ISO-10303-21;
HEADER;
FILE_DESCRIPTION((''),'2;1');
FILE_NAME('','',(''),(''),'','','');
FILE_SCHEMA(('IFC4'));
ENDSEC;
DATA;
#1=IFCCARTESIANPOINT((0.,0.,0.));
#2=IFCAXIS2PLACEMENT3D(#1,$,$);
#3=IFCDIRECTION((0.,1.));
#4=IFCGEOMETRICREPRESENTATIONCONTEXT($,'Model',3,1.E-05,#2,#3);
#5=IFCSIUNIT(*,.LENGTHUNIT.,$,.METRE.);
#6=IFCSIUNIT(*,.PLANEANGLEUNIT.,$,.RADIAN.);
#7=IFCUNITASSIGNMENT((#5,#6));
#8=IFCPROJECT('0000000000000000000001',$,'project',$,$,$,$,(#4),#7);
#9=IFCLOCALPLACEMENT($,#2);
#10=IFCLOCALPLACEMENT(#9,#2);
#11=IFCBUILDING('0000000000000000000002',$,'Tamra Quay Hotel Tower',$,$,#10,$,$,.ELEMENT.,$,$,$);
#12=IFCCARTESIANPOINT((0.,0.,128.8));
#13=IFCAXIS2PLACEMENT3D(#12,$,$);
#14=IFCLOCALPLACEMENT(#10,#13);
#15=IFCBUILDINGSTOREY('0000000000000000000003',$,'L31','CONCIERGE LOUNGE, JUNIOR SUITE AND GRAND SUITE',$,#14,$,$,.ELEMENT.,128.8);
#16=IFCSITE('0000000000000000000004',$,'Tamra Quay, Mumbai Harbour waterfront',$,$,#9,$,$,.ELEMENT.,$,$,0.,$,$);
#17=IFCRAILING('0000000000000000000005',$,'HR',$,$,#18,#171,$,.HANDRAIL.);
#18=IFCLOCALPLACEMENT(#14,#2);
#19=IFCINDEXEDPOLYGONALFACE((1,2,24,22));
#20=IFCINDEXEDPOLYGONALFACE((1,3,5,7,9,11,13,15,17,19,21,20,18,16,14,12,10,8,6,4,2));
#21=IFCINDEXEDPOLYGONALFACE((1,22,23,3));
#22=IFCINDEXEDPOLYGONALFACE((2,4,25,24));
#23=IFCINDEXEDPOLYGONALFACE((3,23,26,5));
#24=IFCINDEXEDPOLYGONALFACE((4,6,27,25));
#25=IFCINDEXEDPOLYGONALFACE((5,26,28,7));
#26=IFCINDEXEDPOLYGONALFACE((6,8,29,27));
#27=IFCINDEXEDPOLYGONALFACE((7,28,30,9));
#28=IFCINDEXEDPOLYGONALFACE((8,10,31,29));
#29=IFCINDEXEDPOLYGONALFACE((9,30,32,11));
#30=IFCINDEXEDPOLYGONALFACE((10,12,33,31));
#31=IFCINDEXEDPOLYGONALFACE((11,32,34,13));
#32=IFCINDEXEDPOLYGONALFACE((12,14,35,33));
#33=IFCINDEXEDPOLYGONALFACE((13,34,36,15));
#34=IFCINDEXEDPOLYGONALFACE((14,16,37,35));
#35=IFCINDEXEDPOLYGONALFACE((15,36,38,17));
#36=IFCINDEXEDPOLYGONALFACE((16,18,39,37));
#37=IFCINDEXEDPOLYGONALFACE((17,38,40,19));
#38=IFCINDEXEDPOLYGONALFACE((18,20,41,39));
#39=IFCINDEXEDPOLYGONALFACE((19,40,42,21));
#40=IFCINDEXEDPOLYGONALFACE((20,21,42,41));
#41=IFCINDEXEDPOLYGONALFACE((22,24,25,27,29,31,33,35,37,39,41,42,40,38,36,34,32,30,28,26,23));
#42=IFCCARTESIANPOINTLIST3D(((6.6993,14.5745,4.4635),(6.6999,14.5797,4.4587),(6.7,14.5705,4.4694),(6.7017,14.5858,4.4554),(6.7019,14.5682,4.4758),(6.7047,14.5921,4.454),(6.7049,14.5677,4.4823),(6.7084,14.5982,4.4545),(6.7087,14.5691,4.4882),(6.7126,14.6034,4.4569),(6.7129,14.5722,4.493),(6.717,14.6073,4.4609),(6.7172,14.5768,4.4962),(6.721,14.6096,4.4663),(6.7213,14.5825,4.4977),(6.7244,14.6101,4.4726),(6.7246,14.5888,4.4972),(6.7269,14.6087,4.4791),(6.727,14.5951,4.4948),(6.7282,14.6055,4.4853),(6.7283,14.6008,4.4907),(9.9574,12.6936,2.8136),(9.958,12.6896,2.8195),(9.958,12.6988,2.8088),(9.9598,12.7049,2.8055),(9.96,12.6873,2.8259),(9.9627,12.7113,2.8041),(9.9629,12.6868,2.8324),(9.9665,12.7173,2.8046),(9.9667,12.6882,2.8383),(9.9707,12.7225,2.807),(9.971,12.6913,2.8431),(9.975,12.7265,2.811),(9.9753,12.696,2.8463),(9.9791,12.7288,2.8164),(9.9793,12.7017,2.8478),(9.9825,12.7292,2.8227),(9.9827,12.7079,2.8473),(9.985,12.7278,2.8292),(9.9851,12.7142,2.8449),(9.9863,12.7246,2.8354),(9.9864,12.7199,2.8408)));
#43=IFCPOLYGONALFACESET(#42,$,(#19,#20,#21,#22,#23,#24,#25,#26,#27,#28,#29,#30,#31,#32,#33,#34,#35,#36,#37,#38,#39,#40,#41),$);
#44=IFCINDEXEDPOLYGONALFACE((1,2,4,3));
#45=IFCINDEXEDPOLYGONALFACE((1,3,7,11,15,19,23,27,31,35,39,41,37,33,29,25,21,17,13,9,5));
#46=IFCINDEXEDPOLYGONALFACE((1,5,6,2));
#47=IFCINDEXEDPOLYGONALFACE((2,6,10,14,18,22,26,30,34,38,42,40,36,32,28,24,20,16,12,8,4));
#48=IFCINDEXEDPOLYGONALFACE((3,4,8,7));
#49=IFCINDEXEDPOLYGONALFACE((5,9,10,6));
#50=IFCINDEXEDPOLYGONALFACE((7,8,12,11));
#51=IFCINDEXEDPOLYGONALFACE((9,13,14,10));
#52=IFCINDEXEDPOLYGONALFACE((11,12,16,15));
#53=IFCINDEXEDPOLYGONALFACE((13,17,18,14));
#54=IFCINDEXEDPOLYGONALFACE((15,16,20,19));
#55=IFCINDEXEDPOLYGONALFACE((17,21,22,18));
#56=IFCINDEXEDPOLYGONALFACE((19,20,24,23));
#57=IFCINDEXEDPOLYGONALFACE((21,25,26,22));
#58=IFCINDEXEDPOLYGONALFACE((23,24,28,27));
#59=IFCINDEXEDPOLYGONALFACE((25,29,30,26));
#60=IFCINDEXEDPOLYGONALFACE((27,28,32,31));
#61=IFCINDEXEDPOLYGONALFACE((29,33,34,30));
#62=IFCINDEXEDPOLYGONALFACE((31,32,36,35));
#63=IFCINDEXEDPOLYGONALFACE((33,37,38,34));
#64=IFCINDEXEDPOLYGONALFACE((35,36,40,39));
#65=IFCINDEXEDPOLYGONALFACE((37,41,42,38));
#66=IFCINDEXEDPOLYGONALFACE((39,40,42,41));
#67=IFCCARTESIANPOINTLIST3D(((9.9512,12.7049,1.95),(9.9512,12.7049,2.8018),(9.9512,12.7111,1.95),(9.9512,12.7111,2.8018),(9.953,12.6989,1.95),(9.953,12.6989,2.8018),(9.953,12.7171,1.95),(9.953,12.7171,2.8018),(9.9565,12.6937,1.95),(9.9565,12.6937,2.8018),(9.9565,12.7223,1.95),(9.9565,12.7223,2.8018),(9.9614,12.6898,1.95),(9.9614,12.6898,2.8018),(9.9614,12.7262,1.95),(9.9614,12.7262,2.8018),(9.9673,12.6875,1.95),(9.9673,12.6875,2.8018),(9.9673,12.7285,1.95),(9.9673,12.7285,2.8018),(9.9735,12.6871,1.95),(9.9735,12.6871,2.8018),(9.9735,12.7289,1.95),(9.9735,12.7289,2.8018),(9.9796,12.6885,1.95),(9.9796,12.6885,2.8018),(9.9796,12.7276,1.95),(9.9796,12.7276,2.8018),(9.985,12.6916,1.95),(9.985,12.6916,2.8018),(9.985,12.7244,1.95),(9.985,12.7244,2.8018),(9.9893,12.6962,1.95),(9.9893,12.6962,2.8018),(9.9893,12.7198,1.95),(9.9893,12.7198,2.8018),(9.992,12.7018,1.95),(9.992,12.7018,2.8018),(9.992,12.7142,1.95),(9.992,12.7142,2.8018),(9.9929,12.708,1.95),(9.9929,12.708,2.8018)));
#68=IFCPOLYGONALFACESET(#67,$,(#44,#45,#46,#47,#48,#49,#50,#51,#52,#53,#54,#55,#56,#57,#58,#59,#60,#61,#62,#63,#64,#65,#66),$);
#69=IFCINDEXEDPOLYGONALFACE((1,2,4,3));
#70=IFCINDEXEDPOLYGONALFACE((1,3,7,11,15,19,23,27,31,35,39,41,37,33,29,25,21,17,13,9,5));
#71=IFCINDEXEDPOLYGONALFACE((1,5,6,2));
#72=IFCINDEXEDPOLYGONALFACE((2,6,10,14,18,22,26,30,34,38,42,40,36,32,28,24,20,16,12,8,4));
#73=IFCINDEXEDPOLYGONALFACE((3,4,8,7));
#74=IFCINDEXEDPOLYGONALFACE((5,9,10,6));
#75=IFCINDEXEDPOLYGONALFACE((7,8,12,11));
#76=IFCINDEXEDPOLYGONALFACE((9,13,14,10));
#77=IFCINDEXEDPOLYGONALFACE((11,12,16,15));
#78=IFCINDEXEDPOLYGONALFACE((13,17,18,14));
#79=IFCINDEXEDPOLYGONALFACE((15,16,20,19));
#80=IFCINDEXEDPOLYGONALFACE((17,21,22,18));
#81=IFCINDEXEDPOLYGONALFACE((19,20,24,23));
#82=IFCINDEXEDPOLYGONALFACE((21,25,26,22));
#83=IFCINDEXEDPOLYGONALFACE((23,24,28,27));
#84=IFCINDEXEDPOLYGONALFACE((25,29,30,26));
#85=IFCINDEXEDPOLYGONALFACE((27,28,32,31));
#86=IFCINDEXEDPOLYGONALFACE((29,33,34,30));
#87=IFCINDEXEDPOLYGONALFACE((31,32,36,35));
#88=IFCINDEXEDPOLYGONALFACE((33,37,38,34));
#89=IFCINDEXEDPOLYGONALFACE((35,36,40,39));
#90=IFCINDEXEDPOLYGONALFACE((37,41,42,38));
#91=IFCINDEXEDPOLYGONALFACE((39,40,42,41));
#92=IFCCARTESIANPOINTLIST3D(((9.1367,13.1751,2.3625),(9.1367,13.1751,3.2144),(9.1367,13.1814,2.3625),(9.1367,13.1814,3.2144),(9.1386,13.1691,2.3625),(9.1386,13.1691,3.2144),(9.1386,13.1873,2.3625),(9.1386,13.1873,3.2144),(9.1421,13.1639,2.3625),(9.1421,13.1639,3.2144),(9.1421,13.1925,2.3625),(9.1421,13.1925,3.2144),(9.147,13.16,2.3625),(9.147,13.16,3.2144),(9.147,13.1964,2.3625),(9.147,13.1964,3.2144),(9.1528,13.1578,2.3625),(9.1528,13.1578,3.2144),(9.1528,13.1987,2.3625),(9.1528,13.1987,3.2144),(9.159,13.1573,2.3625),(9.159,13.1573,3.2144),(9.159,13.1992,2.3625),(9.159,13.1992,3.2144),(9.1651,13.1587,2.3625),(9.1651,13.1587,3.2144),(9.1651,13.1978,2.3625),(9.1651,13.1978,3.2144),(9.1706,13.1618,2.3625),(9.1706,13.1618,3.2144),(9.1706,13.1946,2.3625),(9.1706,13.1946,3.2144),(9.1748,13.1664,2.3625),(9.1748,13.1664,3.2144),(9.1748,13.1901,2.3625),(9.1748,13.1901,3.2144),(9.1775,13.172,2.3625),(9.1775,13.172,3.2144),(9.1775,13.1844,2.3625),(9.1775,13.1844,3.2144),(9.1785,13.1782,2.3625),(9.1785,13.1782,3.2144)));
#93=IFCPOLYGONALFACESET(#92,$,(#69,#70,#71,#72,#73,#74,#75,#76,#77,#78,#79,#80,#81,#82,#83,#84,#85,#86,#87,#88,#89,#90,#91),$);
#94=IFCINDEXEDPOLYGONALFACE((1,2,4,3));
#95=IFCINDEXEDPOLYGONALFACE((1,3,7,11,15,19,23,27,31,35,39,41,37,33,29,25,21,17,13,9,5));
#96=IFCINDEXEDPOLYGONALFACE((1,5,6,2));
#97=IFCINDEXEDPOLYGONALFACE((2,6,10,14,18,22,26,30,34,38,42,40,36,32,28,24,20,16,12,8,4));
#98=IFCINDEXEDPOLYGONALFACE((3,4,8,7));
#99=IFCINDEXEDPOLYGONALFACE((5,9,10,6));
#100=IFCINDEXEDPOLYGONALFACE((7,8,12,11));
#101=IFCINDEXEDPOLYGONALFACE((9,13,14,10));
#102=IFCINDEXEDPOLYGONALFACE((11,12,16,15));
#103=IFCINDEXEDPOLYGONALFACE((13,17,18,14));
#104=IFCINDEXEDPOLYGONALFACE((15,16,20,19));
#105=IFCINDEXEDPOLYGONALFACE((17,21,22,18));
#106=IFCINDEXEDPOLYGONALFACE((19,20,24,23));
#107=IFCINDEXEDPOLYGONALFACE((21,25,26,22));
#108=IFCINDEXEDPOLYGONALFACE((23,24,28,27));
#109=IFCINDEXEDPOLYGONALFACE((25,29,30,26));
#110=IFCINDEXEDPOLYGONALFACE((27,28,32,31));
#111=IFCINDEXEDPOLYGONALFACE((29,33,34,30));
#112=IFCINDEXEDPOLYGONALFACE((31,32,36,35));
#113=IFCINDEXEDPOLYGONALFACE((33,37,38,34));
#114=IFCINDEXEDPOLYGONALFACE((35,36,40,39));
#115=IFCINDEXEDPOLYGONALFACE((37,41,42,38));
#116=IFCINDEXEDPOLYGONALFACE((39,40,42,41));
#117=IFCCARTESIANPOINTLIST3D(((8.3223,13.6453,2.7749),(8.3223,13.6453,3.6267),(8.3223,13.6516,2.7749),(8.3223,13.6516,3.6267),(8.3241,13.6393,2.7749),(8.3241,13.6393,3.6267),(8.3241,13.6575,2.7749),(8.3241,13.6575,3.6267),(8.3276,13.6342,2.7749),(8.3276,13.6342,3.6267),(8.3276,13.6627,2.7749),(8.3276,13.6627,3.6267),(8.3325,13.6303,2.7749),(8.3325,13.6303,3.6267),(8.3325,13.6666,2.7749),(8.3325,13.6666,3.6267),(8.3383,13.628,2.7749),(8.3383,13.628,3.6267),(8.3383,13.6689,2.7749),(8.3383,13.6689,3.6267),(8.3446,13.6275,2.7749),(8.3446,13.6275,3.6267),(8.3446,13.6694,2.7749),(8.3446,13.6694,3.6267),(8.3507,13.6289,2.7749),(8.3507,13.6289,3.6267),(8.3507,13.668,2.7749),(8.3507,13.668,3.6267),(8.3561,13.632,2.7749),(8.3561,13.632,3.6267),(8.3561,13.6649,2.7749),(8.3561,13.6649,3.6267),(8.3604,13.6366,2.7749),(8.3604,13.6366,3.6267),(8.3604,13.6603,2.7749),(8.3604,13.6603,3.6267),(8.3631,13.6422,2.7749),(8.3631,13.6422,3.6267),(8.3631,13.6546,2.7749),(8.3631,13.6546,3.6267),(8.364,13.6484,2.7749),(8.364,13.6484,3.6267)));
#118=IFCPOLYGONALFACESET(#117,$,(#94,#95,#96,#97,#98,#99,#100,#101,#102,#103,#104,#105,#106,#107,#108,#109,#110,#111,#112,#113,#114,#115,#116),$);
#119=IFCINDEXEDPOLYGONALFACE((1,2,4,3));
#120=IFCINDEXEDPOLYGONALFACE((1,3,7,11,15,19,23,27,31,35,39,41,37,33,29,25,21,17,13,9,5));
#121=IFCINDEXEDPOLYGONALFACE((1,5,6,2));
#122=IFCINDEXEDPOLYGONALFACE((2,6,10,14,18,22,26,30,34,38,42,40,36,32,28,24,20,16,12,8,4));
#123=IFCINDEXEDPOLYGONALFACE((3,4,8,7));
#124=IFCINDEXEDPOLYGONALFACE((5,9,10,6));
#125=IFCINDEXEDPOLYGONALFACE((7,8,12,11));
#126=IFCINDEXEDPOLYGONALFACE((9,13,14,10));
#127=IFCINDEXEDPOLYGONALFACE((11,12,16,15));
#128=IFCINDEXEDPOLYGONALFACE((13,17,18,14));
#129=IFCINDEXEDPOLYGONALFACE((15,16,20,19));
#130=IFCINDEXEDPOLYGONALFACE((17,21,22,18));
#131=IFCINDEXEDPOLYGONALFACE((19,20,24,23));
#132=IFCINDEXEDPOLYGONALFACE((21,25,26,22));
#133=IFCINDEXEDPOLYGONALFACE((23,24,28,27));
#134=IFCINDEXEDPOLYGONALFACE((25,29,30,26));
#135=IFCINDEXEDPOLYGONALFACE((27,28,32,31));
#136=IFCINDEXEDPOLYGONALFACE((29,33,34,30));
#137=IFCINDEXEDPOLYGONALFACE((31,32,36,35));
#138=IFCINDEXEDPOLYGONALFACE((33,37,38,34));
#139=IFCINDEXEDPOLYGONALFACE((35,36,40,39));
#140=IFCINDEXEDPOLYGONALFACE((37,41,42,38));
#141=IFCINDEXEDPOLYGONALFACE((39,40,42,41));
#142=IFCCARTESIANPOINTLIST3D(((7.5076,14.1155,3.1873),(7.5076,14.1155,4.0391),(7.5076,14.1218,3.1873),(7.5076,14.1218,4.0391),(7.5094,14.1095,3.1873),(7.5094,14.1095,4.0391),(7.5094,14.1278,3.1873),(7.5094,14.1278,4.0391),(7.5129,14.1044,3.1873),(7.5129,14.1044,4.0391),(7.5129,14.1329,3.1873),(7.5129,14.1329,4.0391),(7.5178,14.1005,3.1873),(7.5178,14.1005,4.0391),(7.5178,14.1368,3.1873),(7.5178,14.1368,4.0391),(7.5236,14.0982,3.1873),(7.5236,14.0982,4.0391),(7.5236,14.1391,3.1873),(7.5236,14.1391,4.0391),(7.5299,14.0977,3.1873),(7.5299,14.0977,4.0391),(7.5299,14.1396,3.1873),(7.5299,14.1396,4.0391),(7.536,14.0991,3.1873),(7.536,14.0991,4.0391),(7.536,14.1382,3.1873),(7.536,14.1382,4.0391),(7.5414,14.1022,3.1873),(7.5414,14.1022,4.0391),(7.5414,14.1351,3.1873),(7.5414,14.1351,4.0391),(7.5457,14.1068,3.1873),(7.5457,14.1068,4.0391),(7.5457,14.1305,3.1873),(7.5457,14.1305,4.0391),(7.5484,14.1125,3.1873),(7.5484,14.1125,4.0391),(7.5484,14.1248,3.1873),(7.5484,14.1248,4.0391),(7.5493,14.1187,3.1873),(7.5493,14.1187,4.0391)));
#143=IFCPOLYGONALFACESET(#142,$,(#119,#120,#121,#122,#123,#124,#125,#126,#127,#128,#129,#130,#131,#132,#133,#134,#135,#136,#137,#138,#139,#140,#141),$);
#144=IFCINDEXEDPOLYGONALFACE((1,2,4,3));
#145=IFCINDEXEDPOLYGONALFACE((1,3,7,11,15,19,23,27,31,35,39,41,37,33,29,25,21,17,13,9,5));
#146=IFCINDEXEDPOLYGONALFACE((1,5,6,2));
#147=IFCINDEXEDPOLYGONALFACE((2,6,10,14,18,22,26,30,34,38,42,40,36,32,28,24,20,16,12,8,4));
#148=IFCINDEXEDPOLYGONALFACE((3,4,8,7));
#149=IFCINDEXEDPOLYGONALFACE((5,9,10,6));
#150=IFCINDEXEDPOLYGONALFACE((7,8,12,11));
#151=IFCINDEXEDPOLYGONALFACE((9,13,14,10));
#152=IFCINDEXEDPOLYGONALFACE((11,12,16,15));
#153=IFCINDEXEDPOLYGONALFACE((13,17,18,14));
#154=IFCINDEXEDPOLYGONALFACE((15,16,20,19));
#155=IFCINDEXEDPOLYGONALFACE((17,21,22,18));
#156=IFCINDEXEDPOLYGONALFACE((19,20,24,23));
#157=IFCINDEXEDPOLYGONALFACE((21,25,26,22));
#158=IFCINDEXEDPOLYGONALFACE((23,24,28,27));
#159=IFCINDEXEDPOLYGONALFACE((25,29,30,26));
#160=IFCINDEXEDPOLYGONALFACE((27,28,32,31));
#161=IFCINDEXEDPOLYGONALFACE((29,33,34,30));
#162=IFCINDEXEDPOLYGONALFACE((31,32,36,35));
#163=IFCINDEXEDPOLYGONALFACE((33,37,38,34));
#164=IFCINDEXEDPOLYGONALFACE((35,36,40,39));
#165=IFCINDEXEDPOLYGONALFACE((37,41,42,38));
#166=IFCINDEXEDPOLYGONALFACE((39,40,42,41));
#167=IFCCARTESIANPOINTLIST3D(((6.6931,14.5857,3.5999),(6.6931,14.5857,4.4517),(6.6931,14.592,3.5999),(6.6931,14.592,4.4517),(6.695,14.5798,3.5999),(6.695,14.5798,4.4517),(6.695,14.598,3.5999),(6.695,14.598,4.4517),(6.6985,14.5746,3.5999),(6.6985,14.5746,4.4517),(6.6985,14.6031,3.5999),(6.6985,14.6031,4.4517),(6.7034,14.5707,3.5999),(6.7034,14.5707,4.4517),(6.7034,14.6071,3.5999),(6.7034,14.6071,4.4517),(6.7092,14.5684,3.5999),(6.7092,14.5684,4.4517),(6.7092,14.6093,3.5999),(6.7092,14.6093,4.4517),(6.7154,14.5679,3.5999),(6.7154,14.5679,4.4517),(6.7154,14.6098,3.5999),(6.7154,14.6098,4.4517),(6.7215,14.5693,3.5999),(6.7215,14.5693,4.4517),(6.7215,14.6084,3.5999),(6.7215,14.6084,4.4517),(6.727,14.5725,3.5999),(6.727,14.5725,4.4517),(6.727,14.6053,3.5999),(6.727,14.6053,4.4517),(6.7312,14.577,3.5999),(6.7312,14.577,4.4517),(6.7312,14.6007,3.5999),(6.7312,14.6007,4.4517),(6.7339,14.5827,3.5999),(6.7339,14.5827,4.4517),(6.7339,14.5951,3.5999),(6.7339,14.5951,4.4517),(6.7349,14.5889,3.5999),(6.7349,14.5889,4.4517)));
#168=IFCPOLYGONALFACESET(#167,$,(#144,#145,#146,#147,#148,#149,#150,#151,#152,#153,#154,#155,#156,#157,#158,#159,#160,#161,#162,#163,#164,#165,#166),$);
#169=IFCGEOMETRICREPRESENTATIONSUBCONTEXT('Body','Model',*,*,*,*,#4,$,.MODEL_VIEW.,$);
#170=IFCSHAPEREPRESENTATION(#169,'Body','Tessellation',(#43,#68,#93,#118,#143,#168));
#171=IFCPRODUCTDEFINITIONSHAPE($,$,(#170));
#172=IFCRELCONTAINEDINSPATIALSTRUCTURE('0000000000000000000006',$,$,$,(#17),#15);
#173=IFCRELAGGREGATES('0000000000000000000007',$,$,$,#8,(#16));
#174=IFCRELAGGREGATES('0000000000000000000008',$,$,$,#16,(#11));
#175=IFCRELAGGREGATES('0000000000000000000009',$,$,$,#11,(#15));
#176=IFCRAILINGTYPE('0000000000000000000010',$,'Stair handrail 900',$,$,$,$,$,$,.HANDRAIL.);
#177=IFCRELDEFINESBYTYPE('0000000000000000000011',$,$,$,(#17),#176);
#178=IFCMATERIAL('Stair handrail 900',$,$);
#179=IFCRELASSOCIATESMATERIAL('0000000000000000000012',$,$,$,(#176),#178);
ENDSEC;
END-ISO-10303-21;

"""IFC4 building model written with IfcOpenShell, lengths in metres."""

from ifc_helpers import new_model, si_unit, direction, frame, origin, origin_2d, place, context, subcontext, project, spatial, circle, extrude, material, type_object, element, save


model = new_model("IFC4")

# Units and contexts
model_context = context("Model", 3, precision=1e-05, world=origin(), true_north=direction((0.0, 1.0)))
body_context = subcontext(model_context, "Body", "Model", "MODEL_VIEW")
ifc_project = project(units=[si_unit("LENGTHUNIT", "METRE"), si_unit("PLANEANGLEUNIT", "RADIAN")], contexts=[model_context])

# Site, building, storey
site_placement = place(None, origin())
site = spatial("IfcSite", under=ifc_project, at=site_placement, Name="Tamra Quay, Mumbai Harbour waterfront", CompositionType="ELEMENT", RefElevation=0.0)
building_placement = place(site_placement, origin())
building = spatial("IfcBuilding", under=site, at=building_placement, Name="Tamra Quay Hotel Tower", CompositionType="ELEMENT")
storey_placement = place(building_placement, frame((0.0, 0.0, 128.8)))
storey = spatial("IfcBuildingStorey", under=building, at=storey_placement, Name="L31", Description="CONCIERGE LOUNGE, JUNIOR SUITE AND GRAND SUITE", CompositionType="ELEMENT", Elevation=128.8)

# Railing
ifc_material_1 = material(Name="Stair handrail 900")
railing_type_1 = type_object("IfcRailingType", Name="Stair handrail 900", PredefinedType="HANDRAIL", material=ifc_material_1)
railing_1_placement = place(storey_placement, frame((9.9719, 12.708, 1.95)))
element("IfcRailing", 1, at=railing_1_placement, inside=storey, type_object=railing_type_1, Name="HR", PredefinedType="HANDRAIL", context=body_context, shape_type="SweptSolid", body=[
    extrude(circle(Radius=0.0239, at=origin_2d()), frame((0.0, 0.0, 0.876), z_axis=(-0.793122, 0.457865, 0.401642), x_axis=(-0.499964, -0.866046, 0.0)), (0.0, 0.0, 1.0), 4.1079),
    extrude(circle(Radius=0.021, at=origin_2d()), origin(), (0.0, 0.0, 1.0), 0.8518),
    extrude(circle(Radius=0.021, at=origin_2d()), frame((-0.8145, 0.4702, 0.4126)), (0.0, 0.0, 1.0), 0.8518),
    extrude(circle(Radius=0.021, at=origin_2d()), frame((-1.6289, 0.9404, 0.825)), (0.0, 0.0, 1.0), 0.8518),
    extrude(circle(Radius=0.021, at=origin_2d()), frame((-2.4436, 1.4106, 1.2373)), (0.0, 0.0, 1.0), 0.8518),
    extrude(circle(Radius=0.021, at=origin_2d()), frame((-3.2581, 1.8809, 1.6499)), (0.0, 0.0, 1.0), 0.8518),
])

save(model, "model.ifc")
